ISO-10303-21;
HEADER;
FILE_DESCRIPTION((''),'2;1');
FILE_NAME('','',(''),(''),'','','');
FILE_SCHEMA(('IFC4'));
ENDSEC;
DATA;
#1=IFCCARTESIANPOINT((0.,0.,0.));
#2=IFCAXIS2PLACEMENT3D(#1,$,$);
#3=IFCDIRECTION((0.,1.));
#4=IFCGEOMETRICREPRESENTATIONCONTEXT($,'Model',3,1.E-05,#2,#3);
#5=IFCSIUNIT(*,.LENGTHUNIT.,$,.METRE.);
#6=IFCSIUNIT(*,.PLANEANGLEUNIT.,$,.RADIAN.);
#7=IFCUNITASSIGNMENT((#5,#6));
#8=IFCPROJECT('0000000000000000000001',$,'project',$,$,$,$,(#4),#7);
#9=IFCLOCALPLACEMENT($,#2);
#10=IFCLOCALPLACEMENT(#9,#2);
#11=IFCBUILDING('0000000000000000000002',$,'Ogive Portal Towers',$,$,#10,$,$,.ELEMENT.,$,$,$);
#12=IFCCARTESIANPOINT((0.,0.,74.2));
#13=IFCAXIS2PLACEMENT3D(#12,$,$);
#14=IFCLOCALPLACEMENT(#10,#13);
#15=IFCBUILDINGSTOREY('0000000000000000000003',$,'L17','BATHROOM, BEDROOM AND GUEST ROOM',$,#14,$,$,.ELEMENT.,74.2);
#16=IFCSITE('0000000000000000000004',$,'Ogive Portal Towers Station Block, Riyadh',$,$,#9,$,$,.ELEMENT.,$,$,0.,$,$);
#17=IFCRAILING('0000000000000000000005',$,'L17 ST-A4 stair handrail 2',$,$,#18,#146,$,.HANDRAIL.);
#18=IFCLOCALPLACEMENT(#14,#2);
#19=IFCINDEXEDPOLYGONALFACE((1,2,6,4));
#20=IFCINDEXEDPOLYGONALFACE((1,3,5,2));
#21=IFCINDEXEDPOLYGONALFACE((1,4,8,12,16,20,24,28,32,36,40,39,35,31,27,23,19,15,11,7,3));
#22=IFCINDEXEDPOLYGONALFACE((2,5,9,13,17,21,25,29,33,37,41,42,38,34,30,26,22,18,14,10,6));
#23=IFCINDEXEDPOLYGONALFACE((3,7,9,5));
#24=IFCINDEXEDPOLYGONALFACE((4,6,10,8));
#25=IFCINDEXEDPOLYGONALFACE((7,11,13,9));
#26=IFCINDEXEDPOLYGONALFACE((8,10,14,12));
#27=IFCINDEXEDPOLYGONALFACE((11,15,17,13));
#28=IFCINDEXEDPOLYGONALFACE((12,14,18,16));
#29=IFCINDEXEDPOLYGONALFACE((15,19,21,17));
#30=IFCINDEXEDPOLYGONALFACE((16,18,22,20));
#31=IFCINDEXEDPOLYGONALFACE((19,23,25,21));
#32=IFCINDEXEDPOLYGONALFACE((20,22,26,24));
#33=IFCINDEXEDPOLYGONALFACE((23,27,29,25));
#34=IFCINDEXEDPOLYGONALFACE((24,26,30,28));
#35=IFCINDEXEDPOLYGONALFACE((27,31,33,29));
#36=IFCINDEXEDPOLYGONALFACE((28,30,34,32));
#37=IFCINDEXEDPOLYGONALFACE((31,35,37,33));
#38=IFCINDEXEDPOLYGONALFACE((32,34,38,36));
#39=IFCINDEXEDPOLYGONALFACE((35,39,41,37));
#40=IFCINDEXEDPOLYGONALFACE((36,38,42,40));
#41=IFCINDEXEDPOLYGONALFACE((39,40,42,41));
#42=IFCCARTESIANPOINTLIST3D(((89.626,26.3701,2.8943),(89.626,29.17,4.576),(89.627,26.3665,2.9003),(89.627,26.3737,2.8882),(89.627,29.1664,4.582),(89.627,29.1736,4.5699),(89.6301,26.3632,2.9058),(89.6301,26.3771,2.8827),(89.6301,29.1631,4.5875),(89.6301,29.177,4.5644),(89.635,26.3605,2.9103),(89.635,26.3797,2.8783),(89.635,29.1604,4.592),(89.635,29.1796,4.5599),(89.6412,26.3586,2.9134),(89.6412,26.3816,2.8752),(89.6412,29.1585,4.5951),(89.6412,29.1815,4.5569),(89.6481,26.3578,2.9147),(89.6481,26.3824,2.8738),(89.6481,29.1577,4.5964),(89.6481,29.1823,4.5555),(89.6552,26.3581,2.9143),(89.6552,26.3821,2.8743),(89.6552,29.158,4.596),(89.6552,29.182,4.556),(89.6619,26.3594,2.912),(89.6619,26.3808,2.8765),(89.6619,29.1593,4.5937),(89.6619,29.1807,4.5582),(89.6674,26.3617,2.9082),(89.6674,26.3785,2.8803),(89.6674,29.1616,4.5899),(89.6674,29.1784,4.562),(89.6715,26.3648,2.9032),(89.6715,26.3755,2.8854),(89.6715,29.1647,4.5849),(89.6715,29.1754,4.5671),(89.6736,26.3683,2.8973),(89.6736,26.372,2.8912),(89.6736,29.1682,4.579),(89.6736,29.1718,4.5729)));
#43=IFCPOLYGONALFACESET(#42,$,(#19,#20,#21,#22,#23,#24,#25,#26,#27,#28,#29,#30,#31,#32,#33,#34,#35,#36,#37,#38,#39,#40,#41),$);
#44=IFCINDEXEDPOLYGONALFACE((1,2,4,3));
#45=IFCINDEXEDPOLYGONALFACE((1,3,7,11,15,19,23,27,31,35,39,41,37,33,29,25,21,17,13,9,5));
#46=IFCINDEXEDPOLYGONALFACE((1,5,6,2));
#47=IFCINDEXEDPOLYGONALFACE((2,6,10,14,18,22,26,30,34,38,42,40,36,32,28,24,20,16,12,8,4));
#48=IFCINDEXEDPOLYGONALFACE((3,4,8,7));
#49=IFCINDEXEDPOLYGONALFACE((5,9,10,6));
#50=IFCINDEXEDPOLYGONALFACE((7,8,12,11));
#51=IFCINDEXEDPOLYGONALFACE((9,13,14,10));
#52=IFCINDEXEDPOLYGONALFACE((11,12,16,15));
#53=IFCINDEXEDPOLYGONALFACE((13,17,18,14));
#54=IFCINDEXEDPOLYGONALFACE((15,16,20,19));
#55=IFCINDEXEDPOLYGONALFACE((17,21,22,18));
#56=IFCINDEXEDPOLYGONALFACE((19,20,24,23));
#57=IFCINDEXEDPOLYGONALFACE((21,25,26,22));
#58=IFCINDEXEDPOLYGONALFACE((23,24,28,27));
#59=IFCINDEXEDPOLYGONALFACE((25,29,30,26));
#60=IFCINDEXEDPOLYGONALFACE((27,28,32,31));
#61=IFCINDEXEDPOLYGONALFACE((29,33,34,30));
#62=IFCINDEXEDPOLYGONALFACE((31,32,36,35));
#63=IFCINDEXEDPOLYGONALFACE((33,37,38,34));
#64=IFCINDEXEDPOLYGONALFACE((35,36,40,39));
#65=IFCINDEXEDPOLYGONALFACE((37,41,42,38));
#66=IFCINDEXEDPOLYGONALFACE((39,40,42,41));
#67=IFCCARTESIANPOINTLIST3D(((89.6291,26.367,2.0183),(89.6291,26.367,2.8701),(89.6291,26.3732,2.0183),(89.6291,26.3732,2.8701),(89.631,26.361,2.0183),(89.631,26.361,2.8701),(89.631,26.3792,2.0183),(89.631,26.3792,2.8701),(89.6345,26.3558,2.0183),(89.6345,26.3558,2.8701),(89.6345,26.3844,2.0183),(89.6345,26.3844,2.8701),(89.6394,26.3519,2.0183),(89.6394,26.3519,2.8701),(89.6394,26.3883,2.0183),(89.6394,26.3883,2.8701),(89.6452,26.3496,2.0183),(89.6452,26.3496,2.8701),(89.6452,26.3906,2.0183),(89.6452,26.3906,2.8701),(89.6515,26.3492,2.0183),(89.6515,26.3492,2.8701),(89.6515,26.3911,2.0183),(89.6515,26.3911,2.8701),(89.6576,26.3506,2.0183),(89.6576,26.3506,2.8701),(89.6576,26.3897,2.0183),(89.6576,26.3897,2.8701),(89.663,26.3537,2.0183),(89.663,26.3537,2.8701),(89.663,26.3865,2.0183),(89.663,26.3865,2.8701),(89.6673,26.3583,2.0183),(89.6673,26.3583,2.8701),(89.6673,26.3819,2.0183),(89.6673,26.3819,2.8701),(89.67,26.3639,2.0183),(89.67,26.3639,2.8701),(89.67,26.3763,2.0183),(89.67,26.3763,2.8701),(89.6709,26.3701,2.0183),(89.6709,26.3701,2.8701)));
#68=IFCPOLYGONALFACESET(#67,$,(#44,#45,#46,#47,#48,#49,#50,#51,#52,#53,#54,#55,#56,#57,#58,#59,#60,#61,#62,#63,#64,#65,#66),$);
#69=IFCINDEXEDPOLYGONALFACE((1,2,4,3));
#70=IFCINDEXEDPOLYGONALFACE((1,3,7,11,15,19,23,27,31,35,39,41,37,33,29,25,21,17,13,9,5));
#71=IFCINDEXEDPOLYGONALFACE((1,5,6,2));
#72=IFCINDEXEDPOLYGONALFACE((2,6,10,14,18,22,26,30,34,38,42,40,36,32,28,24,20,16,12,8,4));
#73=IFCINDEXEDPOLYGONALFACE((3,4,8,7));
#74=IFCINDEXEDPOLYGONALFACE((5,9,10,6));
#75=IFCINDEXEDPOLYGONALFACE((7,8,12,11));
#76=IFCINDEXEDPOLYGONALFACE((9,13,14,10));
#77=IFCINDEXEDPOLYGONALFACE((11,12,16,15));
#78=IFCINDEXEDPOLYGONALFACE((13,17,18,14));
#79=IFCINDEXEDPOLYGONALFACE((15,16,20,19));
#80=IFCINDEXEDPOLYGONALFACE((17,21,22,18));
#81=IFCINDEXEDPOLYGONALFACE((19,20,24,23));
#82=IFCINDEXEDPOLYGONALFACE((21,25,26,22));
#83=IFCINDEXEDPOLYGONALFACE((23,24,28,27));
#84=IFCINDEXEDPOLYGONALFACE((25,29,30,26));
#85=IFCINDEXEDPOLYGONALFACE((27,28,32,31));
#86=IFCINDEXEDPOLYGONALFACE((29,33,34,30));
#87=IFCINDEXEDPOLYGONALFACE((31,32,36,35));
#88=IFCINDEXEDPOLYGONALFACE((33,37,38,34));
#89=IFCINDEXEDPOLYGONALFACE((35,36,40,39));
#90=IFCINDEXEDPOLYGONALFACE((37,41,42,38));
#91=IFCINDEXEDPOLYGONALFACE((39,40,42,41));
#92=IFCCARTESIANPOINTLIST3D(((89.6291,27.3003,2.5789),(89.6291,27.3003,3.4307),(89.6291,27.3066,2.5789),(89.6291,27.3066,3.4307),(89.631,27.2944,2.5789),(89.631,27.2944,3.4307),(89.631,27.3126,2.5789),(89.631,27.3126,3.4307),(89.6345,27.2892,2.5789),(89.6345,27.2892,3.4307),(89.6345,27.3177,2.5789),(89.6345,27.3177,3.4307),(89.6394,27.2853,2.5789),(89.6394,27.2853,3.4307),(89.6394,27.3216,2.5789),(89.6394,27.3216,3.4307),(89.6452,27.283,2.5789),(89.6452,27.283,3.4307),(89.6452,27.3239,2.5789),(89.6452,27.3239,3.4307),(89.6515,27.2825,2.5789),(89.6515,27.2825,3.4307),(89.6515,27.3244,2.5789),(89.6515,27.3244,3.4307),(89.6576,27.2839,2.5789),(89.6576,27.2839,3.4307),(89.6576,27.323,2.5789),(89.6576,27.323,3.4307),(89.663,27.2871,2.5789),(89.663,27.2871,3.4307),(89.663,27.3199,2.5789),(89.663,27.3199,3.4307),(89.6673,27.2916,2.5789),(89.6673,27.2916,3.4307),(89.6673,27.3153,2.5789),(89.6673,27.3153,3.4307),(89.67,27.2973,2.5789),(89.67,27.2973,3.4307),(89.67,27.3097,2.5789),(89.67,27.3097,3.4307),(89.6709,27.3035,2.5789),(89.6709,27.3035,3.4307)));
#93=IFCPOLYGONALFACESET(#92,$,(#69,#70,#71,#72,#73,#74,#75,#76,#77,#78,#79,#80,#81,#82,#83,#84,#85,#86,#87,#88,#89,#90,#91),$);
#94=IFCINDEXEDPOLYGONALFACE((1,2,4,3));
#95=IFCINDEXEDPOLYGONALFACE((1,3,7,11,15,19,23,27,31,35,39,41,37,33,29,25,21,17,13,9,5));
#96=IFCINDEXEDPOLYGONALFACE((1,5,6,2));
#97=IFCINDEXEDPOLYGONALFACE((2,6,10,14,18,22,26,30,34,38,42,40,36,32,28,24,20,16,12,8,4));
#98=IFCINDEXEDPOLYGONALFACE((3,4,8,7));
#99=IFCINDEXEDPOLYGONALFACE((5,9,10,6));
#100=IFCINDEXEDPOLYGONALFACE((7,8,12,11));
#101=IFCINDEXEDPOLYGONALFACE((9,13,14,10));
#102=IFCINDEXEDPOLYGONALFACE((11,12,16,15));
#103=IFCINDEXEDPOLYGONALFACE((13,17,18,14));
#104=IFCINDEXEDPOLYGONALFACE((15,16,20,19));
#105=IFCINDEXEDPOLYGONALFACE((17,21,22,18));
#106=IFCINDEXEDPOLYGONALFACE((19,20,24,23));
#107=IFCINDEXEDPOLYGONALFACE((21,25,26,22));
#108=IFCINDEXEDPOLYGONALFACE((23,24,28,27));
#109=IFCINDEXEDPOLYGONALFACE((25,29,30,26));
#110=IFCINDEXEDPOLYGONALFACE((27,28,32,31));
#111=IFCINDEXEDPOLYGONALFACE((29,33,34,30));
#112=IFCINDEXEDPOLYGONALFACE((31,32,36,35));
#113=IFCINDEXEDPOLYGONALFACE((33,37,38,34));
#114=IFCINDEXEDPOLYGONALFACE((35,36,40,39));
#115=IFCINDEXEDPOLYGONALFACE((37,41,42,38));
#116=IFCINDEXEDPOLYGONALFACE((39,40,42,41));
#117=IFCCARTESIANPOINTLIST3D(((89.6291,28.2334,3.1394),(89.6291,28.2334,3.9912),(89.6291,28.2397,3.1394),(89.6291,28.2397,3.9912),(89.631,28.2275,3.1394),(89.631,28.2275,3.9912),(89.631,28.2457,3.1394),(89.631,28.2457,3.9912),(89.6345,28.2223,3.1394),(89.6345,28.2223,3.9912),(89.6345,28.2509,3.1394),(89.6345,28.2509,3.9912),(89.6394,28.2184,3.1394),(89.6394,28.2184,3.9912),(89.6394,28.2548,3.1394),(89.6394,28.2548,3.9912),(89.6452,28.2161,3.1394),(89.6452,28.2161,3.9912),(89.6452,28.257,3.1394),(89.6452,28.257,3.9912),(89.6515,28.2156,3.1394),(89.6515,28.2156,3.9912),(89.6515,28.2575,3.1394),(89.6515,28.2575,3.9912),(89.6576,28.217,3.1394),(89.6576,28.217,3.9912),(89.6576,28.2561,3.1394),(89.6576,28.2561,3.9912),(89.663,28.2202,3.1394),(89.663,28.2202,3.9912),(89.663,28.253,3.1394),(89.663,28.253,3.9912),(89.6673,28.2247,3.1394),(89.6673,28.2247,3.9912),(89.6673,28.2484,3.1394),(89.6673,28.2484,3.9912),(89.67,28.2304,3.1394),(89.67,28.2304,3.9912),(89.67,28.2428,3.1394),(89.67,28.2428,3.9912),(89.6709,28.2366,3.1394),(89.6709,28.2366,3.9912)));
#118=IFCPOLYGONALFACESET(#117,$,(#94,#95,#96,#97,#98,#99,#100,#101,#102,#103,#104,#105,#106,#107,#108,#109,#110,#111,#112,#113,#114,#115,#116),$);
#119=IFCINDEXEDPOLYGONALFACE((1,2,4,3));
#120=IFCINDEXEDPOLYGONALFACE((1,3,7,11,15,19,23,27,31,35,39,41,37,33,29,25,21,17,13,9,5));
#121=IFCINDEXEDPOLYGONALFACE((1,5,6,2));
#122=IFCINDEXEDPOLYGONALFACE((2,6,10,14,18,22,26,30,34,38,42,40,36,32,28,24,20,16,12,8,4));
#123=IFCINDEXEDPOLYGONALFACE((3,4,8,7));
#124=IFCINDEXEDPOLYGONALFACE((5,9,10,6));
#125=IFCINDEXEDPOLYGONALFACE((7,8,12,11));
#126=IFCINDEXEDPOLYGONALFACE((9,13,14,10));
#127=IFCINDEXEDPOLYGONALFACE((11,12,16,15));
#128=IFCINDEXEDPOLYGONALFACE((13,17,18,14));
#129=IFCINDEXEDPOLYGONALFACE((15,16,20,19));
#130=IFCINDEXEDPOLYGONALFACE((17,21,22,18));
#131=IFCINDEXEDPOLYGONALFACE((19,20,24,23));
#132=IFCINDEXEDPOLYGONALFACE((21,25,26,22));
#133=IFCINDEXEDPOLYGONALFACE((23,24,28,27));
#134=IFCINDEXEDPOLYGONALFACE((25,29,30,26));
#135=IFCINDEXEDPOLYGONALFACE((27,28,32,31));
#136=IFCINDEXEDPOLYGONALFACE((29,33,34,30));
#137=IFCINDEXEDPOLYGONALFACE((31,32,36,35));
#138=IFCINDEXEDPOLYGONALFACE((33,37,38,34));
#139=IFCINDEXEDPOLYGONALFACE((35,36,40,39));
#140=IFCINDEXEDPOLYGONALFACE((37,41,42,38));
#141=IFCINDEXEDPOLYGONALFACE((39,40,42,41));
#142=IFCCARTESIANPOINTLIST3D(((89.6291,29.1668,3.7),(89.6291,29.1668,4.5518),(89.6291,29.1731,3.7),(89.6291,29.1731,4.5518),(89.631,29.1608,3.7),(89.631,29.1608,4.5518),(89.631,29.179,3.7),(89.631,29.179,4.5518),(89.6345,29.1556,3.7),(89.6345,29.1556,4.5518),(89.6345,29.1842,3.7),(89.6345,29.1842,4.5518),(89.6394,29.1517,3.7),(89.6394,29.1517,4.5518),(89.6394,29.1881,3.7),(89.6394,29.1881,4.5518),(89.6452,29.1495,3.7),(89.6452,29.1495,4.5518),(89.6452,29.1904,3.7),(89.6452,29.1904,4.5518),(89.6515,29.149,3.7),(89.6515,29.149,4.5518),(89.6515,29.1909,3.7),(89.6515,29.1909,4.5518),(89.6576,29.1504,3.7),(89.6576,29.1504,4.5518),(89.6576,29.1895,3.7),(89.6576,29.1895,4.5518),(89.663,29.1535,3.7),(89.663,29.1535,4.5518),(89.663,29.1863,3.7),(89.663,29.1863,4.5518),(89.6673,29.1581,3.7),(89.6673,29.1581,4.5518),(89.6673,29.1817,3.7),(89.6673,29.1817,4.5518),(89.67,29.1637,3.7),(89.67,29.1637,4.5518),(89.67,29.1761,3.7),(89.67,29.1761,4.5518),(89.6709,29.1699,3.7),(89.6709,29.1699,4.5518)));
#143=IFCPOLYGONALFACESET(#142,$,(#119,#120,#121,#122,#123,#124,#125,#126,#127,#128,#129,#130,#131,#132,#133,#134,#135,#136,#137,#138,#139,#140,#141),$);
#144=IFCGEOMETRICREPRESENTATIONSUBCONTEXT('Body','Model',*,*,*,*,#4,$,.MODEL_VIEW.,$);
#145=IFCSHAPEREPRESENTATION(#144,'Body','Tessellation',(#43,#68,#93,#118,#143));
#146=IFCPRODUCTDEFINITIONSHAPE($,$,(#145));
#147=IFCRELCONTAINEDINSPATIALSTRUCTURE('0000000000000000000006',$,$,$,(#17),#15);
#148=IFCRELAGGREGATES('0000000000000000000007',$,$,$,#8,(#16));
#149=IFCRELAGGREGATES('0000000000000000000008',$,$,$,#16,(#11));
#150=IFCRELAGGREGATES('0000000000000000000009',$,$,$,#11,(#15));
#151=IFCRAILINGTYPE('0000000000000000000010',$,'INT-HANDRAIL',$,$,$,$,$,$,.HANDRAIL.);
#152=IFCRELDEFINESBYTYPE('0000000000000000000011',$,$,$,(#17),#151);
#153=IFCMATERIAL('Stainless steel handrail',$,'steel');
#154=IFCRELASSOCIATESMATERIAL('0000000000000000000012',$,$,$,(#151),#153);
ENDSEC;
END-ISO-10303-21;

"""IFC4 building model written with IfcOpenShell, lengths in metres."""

from ifc_helpers import new_model, si_unit, direction, frame, origin, origin_2d, place, context, subcontext, project, spatial, circle, extrude, material, type_object, element, save


model = new_model("IFC4")

# Units and contexts
model_context = context("Model", 3, precision=1e-05, world=origin(), true_north=direction((0.0, 1.0)))
body_context = subcontext(model_context, "Body", "Model", "MODEL_VIEW")
ifc_project = project(units=[si_unit("LENGTHUNIT", "METRE"), si_unit("PLANEANGLEUNIT", "RADIAN")], contexts=[model_context])

# Site, building, storey
site_placement = place(None, origin())
site = spatial("IfcSite", under=ifc_project, at=site_placement, Name="Ogive Portal Towers Station Block, Riyadh", CompositionType="ELEMENT", RefElevation=0.0)
building_placement = place(site_placement, origin())
building = spatial("IfcBuilding", under=site, at=building_placement, Name="Ogive Portal Towers", CompositionType="ELEMENT")
storey_placement = place(building_placement, frame((0.0, 0.0, 74.2)))
storey = spatial("IfcBuildingStorey", under=building, at=storey_placement, Name="L17", Description="BATHROOM, BEDROOM AND GUEST ROOM", CompositionType="ELEMENT", Elevation=74.2)

# Railing
ifc_material_1 = material(Name="Stainless steel handrail", Category="steel")
railing_type_1 = type_object("IfcRailingType", Name="INT-HANDRAIL", PredefinedType="HANDRAIL", material=ifc_material_1)
railing_1_placement = place(storey_placement, frame((89.6499, 26.3701, 2.0183)))
element("IfcRailing", 1, at=railing_1_placement, inside=storey, type_object=railing_type_1, Name="L17 ST-A4 stair handrail 2", PredefinedType="HANDRAIL", context=body_context, shape_type="SweptSolid", body=[
    extrude(circle(Radius=0.0239, at=origin_2d()), frame((0.0, 0.0, 0.876), z_axis=(0.0, 0.857255, 0.514891), x_axis=(-1.0, 0.0, 0.0)), (0.0, 0.0, 1.0), 3.2661),
    extrude(circle(Radius=0.021, at=origin_2d()), origin(), (0.0, 0.0, 1.0), 0.8518),
    extrude(circle(Radius=0.021, at=origin_2d()), frame((0.0, 0.9333, 0.5605)), (0.0, 0.0, 1.0), 0.8518),
    extrude(circle(Radius=0.021, at=origin_2d()), frame((0.0, 1.8665, 1.1211)), (0.0, 0.0, 1.0), 0.8518),
    extrude(circle(Radius=0.021, at=origin_2d()), frame((0.0, 2.7998, 1.6816)), (0.0, 0.0, 1.0), 0.8518),
])

save(model, "model.ifc")
